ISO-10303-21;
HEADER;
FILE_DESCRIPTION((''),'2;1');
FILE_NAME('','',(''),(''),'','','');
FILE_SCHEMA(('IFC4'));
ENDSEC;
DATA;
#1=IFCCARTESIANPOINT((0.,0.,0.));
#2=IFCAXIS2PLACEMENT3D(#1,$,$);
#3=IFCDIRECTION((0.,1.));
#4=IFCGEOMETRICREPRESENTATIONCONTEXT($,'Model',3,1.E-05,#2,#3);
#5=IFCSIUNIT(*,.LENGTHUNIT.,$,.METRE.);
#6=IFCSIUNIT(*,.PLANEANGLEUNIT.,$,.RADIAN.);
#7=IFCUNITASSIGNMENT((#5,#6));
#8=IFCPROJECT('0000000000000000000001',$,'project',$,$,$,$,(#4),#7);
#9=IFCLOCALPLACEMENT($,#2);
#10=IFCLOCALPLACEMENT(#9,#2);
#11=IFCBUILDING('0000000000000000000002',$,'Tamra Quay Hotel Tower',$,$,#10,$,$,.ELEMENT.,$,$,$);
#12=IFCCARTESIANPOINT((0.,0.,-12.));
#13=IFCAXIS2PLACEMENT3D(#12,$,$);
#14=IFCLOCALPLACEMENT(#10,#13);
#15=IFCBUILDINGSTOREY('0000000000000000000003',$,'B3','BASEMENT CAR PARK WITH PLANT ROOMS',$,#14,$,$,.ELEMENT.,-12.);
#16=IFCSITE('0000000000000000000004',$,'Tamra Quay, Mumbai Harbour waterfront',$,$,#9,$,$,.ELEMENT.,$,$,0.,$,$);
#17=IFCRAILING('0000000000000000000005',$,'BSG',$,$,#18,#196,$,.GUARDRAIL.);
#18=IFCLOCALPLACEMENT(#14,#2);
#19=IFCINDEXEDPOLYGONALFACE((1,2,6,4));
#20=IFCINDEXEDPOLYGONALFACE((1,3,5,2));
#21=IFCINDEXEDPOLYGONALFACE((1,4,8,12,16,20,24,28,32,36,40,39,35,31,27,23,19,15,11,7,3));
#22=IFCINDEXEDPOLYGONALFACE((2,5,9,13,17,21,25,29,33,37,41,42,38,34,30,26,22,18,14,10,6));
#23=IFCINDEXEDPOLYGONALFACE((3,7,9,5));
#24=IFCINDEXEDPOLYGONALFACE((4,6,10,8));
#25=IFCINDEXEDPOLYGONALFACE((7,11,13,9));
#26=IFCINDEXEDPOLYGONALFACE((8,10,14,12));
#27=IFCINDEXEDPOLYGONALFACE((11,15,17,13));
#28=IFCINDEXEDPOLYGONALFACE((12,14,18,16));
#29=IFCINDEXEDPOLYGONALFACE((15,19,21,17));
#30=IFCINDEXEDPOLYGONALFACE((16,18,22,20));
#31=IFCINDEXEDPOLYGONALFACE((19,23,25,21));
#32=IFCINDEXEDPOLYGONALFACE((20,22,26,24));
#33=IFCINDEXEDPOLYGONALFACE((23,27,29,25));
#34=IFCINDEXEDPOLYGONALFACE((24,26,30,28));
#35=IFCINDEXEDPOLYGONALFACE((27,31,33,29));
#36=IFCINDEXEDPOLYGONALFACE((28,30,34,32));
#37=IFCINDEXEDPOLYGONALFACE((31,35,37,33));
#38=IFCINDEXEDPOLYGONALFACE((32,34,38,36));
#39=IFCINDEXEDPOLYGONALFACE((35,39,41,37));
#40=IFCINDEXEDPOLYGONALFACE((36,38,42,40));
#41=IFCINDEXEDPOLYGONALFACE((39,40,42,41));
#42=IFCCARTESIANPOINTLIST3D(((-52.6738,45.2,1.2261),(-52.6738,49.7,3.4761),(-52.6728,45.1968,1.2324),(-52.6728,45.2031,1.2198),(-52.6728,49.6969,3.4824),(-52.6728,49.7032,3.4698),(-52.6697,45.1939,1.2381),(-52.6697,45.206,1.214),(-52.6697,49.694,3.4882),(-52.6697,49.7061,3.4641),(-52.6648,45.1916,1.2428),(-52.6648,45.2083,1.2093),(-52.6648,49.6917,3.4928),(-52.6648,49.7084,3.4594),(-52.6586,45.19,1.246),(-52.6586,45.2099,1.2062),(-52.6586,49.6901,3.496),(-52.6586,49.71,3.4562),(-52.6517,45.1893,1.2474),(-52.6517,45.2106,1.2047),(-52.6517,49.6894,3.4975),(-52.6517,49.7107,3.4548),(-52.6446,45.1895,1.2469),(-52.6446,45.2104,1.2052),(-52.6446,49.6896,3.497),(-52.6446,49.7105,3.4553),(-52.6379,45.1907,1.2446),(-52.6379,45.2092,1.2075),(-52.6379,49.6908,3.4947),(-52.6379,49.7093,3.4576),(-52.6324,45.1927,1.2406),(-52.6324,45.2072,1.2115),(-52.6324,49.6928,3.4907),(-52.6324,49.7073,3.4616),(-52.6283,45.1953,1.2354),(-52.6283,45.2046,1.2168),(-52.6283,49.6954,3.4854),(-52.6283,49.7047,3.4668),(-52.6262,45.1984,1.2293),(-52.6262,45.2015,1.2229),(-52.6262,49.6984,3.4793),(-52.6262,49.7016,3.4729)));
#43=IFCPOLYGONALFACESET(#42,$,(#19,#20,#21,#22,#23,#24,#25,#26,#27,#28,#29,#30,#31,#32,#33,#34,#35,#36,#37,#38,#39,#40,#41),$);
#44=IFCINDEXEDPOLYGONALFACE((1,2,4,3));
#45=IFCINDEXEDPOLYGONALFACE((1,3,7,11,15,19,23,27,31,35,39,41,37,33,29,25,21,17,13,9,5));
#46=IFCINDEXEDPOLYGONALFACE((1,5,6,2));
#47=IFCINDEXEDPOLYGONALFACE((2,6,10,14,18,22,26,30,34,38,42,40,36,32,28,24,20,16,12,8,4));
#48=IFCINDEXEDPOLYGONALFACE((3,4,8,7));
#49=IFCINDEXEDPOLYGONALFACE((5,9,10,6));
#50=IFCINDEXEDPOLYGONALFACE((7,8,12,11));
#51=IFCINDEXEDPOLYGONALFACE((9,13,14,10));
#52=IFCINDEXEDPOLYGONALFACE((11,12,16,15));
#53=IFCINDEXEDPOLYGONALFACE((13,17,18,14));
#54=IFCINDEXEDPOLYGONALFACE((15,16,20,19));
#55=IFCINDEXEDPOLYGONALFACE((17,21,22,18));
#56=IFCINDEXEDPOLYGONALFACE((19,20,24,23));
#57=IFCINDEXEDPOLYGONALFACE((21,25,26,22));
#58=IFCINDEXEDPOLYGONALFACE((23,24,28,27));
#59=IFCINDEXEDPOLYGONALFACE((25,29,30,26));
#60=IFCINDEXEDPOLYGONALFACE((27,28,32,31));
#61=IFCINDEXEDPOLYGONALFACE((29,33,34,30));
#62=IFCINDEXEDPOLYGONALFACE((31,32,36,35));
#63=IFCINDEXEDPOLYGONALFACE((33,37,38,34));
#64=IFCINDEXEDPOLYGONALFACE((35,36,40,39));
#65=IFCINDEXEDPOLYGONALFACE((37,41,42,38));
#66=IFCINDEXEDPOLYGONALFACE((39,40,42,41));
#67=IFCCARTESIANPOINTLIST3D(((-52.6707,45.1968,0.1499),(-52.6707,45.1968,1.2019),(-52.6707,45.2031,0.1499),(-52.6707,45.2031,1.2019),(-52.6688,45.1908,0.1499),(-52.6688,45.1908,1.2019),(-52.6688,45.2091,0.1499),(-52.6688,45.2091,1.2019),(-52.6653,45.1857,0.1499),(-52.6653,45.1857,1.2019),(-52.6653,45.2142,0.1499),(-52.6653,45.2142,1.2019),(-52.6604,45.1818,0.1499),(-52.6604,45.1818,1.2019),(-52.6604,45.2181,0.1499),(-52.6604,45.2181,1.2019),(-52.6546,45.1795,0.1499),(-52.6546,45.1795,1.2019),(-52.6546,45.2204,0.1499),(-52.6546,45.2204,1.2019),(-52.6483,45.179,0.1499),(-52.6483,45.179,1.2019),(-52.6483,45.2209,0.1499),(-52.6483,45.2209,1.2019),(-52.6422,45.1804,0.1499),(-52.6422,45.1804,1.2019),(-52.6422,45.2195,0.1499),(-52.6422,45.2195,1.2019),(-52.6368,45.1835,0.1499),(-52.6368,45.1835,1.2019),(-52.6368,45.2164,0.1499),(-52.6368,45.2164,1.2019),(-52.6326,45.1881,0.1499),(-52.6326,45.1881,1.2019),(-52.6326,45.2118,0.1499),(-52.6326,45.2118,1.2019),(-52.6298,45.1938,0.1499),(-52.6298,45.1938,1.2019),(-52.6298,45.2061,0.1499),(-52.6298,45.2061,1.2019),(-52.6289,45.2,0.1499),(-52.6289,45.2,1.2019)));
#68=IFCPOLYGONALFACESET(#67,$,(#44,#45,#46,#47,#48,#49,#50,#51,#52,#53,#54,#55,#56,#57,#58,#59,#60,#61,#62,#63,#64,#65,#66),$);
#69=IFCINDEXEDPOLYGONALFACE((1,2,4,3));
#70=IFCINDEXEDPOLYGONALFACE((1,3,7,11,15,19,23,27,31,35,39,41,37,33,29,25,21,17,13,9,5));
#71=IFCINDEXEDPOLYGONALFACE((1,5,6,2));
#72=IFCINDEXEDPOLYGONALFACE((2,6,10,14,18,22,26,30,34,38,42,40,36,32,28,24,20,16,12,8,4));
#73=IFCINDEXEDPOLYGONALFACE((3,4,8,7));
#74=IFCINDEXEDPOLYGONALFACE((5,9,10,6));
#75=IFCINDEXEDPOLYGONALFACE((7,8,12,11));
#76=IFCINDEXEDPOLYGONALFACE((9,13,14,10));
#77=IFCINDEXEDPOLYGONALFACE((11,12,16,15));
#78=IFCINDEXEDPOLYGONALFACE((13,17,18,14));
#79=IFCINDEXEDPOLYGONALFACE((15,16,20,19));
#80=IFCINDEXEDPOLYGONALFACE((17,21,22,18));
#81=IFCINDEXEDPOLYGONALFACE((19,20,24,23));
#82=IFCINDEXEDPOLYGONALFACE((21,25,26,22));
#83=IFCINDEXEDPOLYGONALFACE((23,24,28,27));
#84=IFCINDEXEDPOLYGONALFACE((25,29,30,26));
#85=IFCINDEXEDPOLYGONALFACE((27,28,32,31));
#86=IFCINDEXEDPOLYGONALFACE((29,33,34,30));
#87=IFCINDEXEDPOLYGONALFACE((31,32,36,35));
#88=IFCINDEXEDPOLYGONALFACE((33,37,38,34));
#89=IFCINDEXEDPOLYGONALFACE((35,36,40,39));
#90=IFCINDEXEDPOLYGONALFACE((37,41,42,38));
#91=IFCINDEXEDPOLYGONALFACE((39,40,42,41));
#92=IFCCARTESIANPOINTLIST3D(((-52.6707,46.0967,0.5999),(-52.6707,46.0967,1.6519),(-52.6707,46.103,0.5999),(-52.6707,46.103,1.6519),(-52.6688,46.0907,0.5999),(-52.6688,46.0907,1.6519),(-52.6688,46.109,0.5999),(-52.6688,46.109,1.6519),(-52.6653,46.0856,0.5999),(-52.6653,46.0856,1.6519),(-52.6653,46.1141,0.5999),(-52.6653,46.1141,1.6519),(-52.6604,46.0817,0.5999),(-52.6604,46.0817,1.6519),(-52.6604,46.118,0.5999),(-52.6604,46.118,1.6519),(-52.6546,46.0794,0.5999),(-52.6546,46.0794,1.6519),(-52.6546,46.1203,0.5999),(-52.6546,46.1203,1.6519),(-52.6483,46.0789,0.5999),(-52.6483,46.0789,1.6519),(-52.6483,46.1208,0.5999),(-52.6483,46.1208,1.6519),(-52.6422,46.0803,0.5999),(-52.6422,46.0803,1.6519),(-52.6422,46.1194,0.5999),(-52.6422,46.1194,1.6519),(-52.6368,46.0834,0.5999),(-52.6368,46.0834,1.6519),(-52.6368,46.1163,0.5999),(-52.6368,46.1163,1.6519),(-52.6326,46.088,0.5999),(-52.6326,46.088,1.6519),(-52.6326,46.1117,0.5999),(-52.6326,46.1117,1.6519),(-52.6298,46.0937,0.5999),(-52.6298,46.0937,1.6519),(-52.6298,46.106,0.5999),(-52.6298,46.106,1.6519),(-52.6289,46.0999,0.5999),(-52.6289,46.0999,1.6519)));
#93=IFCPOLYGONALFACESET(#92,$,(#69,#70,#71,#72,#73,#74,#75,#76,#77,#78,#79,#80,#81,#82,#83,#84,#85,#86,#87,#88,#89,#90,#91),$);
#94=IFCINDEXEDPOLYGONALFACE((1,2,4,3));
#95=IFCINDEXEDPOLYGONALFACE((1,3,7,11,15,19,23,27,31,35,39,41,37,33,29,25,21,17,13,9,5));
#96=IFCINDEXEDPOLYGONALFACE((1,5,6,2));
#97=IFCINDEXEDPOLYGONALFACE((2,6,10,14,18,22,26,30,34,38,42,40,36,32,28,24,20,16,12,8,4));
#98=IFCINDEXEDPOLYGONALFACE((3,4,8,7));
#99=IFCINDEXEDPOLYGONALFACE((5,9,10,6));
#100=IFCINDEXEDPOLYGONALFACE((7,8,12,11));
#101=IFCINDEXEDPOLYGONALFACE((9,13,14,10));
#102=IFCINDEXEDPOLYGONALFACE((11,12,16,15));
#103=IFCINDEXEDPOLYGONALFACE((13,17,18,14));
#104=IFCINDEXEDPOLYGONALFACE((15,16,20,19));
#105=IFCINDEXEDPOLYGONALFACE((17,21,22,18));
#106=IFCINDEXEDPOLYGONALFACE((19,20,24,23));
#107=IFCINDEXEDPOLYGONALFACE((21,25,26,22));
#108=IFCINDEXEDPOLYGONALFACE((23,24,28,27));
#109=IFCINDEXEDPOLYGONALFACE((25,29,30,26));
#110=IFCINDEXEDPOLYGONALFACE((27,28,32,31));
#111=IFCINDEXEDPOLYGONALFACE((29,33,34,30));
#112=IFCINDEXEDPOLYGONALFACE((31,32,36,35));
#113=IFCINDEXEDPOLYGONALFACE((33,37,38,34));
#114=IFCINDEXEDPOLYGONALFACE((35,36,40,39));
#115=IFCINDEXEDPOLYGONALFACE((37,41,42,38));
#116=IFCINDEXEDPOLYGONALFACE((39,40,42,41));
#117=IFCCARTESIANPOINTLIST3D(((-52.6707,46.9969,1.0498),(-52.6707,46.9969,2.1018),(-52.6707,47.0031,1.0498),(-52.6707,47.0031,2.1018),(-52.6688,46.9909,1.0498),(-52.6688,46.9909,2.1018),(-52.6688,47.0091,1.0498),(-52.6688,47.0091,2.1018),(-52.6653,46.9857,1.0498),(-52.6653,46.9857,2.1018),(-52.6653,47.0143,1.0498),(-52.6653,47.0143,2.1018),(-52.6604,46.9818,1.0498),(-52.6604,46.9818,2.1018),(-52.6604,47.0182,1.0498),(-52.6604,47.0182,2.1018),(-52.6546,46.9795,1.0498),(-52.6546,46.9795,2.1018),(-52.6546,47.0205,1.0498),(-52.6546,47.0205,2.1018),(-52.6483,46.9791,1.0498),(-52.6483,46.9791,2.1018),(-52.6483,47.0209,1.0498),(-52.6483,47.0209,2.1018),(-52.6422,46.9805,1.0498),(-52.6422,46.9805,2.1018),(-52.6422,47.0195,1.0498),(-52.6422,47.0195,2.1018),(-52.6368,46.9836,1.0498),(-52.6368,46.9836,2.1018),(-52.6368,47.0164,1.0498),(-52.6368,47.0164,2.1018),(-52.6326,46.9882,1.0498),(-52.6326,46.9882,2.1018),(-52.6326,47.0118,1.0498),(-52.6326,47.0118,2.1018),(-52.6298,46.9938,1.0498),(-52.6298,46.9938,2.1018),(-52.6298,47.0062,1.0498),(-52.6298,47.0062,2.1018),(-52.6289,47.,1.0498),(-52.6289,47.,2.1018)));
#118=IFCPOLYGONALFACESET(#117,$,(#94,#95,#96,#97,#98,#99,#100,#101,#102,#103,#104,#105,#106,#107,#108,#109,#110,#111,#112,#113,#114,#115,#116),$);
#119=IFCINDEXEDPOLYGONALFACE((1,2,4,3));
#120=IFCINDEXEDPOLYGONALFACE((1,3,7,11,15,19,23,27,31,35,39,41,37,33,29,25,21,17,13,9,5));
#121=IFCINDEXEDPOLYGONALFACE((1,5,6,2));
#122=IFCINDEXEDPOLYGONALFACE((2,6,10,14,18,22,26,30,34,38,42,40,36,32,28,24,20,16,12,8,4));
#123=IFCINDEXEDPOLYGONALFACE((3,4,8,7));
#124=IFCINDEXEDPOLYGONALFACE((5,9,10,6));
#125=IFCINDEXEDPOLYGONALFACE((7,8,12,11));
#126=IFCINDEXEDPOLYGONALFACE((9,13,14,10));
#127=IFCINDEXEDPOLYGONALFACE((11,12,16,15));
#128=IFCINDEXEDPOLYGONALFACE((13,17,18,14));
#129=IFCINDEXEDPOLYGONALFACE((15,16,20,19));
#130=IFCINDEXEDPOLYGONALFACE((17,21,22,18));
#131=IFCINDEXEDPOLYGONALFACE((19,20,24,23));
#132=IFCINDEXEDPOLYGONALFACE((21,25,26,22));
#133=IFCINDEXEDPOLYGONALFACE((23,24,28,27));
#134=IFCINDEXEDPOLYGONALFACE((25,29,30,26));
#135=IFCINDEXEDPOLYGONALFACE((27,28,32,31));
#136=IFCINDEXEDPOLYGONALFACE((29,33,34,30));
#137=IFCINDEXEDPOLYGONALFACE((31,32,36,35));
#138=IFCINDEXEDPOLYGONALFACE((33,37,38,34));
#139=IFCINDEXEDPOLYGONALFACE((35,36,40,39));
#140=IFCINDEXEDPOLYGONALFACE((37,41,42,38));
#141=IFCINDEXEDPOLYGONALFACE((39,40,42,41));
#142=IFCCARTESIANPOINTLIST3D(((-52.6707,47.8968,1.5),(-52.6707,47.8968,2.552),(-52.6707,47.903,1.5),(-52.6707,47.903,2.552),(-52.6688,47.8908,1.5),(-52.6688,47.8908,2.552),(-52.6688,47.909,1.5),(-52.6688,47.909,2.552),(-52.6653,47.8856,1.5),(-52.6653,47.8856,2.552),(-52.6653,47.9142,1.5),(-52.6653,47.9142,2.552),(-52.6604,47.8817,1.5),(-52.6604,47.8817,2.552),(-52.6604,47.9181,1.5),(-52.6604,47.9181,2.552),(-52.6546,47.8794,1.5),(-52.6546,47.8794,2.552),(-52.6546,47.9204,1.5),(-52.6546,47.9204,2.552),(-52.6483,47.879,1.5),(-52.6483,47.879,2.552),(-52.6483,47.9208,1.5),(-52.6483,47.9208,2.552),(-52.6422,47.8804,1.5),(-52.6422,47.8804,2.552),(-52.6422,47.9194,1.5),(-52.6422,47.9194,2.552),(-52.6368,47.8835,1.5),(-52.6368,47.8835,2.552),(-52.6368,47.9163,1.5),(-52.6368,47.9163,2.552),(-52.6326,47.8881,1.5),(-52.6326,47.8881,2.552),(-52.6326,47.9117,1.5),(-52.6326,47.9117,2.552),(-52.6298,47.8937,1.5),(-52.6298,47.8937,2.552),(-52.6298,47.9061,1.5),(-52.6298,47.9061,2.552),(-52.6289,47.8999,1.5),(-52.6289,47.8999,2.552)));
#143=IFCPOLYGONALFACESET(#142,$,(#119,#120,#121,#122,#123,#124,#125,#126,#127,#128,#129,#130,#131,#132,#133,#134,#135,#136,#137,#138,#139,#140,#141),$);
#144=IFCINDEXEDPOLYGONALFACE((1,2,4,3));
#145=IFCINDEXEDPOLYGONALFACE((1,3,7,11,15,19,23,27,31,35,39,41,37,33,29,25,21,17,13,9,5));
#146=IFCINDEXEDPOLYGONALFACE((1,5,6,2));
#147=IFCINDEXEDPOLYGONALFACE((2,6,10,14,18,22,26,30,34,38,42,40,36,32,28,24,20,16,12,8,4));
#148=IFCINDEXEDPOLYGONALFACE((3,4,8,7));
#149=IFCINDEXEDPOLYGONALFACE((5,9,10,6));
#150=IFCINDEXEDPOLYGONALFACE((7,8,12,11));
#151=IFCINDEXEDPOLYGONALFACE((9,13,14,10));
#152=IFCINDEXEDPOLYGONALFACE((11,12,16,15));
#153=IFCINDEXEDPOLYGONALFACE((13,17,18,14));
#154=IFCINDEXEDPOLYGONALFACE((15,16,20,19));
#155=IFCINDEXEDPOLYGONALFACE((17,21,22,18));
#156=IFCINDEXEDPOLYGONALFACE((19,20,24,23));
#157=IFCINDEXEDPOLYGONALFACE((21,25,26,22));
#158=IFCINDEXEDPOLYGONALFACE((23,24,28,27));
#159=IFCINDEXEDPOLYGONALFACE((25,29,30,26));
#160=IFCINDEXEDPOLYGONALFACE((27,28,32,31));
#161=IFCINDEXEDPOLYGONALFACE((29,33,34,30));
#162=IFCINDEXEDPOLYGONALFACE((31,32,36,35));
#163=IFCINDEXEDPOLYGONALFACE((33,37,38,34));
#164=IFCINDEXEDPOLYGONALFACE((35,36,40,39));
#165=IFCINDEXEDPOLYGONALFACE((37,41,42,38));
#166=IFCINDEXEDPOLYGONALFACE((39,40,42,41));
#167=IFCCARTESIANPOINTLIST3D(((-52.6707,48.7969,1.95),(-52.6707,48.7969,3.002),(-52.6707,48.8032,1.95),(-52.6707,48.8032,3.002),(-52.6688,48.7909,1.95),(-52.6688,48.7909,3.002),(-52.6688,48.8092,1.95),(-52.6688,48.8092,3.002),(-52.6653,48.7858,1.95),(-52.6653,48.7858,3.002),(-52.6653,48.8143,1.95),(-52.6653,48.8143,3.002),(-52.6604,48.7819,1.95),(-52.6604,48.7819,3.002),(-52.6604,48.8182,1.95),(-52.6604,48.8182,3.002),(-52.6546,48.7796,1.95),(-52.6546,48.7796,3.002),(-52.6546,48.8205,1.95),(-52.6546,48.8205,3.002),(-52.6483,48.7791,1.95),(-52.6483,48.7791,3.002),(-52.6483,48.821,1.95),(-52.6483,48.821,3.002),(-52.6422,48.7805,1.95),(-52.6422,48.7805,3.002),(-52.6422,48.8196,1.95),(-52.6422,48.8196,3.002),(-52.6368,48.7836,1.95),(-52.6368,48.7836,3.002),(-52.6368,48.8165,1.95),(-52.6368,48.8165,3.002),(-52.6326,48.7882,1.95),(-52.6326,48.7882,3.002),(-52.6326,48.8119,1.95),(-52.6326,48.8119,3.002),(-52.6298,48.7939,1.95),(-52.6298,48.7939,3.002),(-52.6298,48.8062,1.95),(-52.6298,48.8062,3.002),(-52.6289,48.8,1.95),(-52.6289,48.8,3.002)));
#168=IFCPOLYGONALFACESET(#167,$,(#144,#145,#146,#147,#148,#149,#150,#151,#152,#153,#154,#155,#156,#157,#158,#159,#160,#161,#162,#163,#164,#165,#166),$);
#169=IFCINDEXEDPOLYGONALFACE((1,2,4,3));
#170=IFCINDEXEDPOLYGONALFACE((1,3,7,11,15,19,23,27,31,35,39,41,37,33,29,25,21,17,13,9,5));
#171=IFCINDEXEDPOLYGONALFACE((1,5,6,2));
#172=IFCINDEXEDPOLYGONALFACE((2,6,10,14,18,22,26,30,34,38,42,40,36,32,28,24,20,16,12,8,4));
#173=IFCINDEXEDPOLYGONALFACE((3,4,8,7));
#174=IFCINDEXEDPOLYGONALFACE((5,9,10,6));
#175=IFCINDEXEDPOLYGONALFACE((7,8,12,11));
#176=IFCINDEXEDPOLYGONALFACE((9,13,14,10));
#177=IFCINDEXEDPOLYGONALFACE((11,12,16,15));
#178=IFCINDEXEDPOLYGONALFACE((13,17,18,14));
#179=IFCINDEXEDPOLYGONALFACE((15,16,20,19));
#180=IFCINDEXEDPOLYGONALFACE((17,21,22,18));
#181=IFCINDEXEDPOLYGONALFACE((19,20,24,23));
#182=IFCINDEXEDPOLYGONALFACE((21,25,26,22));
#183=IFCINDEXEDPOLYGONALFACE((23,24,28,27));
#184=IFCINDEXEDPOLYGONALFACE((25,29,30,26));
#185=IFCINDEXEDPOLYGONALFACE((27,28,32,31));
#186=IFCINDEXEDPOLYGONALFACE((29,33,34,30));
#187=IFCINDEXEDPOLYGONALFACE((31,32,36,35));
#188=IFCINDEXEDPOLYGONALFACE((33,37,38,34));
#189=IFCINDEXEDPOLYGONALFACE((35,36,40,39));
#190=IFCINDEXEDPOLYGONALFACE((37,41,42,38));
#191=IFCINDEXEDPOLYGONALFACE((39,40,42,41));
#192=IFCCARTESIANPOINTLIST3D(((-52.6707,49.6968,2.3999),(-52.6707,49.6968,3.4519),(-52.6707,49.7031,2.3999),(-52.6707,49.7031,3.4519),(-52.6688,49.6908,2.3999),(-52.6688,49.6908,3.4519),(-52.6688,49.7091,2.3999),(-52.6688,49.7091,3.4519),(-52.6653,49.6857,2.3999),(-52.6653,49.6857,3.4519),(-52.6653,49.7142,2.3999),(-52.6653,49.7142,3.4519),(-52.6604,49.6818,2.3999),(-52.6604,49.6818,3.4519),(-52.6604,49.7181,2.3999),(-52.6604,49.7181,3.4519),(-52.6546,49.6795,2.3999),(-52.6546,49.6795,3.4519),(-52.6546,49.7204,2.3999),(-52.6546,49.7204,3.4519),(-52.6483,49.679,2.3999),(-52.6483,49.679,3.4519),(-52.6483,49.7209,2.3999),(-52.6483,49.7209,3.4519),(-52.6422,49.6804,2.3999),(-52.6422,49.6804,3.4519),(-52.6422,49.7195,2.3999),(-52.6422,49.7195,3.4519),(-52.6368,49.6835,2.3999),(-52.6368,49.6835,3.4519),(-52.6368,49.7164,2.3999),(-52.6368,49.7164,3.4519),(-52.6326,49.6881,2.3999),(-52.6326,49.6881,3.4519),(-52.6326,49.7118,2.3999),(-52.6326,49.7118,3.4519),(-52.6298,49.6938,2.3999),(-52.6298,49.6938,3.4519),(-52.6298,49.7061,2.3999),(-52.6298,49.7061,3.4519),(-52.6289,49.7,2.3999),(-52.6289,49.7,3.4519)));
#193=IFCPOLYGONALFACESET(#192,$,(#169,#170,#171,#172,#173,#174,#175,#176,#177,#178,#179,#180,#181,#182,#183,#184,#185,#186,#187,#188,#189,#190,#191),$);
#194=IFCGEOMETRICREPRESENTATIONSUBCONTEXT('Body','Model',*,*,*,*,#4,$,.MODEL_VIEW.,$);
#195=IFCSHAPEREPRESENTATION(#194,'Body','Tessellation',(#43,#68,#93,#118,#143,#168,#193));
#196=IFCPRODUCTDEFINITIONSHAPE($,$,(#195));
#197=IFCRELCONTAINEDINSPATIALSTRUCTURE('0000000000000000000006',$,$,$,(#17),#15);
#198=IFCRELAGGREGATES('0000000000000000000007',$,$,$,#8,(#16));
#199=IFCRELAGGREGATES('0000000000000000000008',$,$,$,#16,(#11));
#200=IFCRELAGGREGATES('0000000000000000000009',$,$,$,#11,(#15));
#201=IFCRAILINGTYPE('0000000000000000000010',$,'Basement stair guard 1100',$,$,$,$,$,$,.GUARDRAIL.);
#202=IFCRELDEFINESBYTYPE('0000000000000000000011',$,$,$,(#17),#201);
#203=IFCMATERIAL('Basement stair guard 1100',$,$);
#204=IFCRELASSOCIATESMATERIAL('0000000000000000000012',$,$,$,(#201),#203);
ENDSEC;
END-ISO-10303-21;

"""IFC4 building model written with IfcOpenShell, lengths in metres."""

from ifc_helpers import new_model, si_unit, direction, frame, origin, origin_2d, place, context, subcontext, project, spatial, circle, extrude, material, type_object, element, save


model = new_model("IFC4")

# Units and contexts
model_context = context("Model", 3, precision=1e-05, world=origin(), true_north=direction((0.0, 1.0)))
body_context = subcontext(model_context, "Body", "Model", "MODEL_VIEW")
ifc_project = project(units=[si_unit("LENGTHUNIT", "METRE"), si_unit("PLANEANGLEUNIT", "RADIAN")], contexts=[model_context])

# Site, building, storey
site_placement = place(None, origin())
site = spatial("IfcSite", under=ifc_project, at=site_placement, Name="Tamra Quay, Mumbai Harbour waterfront", CompositionType="ELEMENT", RefElevation=0.0)
building_placement = place(site_placement, origin())
building = spatial("IfcBuilding", under=site, at=building_placement, Name="Tamra Quay Hotel Tower", CompositionType="ELEMENT")
storey_placement = place(building_placement, frame((0.0, 0.0, -12.0)))
storey = spatial("IfcBuildingStorey", under=building, at=storey_placement, Name="B3", Description="BASEMENT CAR PARK WITH PLANT ROOMS", CompositionType="ELEMENT", Elevation=-12.0)

# Railing
ifc_material_1 = material(Name="Basement stair guard 1100")
railing_type_1 = type_object("IfcRailingType", Name="Basement stair guard 1100", PredefinedType="GUARDRAIL", material=ifc_material_1)
railing_1_placement = place(storey_placement, frame((-52.6499, 45.2, 0.1499)))
element("IfcRailing", 1, at=railing_1_placement, inside=storey, type_object=railing_type_1, Name="BSG", PredefinedType="GUARDRAIL", context=body_context, shape_type="SweptSolid", body=[
    extrude(circle(Radius=0.0239, at=origin_2d()), frame((0.0, 0.0, 1.0762), z_axis=(0.0, 0.894427, 0.447214), x_axis=(-1.0, 0.0, 0.0)), (0.0, 0.0, 1.0), 5.0312),
    extrude(circle(Radius=0.021, at=origin_2d()), origin(), (0.0, 0.0, 1.0), 1.052),
    extrude(circle(Radius=0.021, at=origin_2d()), frame((0.0, 0.8999, 0.45)), (0.0, 0.0, 1.0), 1.052),
    extrude(circle(Radius=0.021, at=origin_2d()), frame((0.0, 1.8, 0.8999)), (0.0, 0.0, 1.0), 1.052),
    extrude(circle(Radius=0.021, at=origin_2d()), frame((0.0, 2.7, 1.3501)), (0.0, 0.0, 1.0), 1.052),
    extrude(circle(Radius=0.021, at=origin_2d()), frame((0.0, 3.6001, 1.8)), (0.0, 0.0, 1.0), 1.052),
    extrude(circle(Radius=0.021, at=origin_2d()), frame((0.0, 4.5, 2.25)), (0.0, 0.0, 1.0), 1.052),
])

save(model, "model.ifc")
